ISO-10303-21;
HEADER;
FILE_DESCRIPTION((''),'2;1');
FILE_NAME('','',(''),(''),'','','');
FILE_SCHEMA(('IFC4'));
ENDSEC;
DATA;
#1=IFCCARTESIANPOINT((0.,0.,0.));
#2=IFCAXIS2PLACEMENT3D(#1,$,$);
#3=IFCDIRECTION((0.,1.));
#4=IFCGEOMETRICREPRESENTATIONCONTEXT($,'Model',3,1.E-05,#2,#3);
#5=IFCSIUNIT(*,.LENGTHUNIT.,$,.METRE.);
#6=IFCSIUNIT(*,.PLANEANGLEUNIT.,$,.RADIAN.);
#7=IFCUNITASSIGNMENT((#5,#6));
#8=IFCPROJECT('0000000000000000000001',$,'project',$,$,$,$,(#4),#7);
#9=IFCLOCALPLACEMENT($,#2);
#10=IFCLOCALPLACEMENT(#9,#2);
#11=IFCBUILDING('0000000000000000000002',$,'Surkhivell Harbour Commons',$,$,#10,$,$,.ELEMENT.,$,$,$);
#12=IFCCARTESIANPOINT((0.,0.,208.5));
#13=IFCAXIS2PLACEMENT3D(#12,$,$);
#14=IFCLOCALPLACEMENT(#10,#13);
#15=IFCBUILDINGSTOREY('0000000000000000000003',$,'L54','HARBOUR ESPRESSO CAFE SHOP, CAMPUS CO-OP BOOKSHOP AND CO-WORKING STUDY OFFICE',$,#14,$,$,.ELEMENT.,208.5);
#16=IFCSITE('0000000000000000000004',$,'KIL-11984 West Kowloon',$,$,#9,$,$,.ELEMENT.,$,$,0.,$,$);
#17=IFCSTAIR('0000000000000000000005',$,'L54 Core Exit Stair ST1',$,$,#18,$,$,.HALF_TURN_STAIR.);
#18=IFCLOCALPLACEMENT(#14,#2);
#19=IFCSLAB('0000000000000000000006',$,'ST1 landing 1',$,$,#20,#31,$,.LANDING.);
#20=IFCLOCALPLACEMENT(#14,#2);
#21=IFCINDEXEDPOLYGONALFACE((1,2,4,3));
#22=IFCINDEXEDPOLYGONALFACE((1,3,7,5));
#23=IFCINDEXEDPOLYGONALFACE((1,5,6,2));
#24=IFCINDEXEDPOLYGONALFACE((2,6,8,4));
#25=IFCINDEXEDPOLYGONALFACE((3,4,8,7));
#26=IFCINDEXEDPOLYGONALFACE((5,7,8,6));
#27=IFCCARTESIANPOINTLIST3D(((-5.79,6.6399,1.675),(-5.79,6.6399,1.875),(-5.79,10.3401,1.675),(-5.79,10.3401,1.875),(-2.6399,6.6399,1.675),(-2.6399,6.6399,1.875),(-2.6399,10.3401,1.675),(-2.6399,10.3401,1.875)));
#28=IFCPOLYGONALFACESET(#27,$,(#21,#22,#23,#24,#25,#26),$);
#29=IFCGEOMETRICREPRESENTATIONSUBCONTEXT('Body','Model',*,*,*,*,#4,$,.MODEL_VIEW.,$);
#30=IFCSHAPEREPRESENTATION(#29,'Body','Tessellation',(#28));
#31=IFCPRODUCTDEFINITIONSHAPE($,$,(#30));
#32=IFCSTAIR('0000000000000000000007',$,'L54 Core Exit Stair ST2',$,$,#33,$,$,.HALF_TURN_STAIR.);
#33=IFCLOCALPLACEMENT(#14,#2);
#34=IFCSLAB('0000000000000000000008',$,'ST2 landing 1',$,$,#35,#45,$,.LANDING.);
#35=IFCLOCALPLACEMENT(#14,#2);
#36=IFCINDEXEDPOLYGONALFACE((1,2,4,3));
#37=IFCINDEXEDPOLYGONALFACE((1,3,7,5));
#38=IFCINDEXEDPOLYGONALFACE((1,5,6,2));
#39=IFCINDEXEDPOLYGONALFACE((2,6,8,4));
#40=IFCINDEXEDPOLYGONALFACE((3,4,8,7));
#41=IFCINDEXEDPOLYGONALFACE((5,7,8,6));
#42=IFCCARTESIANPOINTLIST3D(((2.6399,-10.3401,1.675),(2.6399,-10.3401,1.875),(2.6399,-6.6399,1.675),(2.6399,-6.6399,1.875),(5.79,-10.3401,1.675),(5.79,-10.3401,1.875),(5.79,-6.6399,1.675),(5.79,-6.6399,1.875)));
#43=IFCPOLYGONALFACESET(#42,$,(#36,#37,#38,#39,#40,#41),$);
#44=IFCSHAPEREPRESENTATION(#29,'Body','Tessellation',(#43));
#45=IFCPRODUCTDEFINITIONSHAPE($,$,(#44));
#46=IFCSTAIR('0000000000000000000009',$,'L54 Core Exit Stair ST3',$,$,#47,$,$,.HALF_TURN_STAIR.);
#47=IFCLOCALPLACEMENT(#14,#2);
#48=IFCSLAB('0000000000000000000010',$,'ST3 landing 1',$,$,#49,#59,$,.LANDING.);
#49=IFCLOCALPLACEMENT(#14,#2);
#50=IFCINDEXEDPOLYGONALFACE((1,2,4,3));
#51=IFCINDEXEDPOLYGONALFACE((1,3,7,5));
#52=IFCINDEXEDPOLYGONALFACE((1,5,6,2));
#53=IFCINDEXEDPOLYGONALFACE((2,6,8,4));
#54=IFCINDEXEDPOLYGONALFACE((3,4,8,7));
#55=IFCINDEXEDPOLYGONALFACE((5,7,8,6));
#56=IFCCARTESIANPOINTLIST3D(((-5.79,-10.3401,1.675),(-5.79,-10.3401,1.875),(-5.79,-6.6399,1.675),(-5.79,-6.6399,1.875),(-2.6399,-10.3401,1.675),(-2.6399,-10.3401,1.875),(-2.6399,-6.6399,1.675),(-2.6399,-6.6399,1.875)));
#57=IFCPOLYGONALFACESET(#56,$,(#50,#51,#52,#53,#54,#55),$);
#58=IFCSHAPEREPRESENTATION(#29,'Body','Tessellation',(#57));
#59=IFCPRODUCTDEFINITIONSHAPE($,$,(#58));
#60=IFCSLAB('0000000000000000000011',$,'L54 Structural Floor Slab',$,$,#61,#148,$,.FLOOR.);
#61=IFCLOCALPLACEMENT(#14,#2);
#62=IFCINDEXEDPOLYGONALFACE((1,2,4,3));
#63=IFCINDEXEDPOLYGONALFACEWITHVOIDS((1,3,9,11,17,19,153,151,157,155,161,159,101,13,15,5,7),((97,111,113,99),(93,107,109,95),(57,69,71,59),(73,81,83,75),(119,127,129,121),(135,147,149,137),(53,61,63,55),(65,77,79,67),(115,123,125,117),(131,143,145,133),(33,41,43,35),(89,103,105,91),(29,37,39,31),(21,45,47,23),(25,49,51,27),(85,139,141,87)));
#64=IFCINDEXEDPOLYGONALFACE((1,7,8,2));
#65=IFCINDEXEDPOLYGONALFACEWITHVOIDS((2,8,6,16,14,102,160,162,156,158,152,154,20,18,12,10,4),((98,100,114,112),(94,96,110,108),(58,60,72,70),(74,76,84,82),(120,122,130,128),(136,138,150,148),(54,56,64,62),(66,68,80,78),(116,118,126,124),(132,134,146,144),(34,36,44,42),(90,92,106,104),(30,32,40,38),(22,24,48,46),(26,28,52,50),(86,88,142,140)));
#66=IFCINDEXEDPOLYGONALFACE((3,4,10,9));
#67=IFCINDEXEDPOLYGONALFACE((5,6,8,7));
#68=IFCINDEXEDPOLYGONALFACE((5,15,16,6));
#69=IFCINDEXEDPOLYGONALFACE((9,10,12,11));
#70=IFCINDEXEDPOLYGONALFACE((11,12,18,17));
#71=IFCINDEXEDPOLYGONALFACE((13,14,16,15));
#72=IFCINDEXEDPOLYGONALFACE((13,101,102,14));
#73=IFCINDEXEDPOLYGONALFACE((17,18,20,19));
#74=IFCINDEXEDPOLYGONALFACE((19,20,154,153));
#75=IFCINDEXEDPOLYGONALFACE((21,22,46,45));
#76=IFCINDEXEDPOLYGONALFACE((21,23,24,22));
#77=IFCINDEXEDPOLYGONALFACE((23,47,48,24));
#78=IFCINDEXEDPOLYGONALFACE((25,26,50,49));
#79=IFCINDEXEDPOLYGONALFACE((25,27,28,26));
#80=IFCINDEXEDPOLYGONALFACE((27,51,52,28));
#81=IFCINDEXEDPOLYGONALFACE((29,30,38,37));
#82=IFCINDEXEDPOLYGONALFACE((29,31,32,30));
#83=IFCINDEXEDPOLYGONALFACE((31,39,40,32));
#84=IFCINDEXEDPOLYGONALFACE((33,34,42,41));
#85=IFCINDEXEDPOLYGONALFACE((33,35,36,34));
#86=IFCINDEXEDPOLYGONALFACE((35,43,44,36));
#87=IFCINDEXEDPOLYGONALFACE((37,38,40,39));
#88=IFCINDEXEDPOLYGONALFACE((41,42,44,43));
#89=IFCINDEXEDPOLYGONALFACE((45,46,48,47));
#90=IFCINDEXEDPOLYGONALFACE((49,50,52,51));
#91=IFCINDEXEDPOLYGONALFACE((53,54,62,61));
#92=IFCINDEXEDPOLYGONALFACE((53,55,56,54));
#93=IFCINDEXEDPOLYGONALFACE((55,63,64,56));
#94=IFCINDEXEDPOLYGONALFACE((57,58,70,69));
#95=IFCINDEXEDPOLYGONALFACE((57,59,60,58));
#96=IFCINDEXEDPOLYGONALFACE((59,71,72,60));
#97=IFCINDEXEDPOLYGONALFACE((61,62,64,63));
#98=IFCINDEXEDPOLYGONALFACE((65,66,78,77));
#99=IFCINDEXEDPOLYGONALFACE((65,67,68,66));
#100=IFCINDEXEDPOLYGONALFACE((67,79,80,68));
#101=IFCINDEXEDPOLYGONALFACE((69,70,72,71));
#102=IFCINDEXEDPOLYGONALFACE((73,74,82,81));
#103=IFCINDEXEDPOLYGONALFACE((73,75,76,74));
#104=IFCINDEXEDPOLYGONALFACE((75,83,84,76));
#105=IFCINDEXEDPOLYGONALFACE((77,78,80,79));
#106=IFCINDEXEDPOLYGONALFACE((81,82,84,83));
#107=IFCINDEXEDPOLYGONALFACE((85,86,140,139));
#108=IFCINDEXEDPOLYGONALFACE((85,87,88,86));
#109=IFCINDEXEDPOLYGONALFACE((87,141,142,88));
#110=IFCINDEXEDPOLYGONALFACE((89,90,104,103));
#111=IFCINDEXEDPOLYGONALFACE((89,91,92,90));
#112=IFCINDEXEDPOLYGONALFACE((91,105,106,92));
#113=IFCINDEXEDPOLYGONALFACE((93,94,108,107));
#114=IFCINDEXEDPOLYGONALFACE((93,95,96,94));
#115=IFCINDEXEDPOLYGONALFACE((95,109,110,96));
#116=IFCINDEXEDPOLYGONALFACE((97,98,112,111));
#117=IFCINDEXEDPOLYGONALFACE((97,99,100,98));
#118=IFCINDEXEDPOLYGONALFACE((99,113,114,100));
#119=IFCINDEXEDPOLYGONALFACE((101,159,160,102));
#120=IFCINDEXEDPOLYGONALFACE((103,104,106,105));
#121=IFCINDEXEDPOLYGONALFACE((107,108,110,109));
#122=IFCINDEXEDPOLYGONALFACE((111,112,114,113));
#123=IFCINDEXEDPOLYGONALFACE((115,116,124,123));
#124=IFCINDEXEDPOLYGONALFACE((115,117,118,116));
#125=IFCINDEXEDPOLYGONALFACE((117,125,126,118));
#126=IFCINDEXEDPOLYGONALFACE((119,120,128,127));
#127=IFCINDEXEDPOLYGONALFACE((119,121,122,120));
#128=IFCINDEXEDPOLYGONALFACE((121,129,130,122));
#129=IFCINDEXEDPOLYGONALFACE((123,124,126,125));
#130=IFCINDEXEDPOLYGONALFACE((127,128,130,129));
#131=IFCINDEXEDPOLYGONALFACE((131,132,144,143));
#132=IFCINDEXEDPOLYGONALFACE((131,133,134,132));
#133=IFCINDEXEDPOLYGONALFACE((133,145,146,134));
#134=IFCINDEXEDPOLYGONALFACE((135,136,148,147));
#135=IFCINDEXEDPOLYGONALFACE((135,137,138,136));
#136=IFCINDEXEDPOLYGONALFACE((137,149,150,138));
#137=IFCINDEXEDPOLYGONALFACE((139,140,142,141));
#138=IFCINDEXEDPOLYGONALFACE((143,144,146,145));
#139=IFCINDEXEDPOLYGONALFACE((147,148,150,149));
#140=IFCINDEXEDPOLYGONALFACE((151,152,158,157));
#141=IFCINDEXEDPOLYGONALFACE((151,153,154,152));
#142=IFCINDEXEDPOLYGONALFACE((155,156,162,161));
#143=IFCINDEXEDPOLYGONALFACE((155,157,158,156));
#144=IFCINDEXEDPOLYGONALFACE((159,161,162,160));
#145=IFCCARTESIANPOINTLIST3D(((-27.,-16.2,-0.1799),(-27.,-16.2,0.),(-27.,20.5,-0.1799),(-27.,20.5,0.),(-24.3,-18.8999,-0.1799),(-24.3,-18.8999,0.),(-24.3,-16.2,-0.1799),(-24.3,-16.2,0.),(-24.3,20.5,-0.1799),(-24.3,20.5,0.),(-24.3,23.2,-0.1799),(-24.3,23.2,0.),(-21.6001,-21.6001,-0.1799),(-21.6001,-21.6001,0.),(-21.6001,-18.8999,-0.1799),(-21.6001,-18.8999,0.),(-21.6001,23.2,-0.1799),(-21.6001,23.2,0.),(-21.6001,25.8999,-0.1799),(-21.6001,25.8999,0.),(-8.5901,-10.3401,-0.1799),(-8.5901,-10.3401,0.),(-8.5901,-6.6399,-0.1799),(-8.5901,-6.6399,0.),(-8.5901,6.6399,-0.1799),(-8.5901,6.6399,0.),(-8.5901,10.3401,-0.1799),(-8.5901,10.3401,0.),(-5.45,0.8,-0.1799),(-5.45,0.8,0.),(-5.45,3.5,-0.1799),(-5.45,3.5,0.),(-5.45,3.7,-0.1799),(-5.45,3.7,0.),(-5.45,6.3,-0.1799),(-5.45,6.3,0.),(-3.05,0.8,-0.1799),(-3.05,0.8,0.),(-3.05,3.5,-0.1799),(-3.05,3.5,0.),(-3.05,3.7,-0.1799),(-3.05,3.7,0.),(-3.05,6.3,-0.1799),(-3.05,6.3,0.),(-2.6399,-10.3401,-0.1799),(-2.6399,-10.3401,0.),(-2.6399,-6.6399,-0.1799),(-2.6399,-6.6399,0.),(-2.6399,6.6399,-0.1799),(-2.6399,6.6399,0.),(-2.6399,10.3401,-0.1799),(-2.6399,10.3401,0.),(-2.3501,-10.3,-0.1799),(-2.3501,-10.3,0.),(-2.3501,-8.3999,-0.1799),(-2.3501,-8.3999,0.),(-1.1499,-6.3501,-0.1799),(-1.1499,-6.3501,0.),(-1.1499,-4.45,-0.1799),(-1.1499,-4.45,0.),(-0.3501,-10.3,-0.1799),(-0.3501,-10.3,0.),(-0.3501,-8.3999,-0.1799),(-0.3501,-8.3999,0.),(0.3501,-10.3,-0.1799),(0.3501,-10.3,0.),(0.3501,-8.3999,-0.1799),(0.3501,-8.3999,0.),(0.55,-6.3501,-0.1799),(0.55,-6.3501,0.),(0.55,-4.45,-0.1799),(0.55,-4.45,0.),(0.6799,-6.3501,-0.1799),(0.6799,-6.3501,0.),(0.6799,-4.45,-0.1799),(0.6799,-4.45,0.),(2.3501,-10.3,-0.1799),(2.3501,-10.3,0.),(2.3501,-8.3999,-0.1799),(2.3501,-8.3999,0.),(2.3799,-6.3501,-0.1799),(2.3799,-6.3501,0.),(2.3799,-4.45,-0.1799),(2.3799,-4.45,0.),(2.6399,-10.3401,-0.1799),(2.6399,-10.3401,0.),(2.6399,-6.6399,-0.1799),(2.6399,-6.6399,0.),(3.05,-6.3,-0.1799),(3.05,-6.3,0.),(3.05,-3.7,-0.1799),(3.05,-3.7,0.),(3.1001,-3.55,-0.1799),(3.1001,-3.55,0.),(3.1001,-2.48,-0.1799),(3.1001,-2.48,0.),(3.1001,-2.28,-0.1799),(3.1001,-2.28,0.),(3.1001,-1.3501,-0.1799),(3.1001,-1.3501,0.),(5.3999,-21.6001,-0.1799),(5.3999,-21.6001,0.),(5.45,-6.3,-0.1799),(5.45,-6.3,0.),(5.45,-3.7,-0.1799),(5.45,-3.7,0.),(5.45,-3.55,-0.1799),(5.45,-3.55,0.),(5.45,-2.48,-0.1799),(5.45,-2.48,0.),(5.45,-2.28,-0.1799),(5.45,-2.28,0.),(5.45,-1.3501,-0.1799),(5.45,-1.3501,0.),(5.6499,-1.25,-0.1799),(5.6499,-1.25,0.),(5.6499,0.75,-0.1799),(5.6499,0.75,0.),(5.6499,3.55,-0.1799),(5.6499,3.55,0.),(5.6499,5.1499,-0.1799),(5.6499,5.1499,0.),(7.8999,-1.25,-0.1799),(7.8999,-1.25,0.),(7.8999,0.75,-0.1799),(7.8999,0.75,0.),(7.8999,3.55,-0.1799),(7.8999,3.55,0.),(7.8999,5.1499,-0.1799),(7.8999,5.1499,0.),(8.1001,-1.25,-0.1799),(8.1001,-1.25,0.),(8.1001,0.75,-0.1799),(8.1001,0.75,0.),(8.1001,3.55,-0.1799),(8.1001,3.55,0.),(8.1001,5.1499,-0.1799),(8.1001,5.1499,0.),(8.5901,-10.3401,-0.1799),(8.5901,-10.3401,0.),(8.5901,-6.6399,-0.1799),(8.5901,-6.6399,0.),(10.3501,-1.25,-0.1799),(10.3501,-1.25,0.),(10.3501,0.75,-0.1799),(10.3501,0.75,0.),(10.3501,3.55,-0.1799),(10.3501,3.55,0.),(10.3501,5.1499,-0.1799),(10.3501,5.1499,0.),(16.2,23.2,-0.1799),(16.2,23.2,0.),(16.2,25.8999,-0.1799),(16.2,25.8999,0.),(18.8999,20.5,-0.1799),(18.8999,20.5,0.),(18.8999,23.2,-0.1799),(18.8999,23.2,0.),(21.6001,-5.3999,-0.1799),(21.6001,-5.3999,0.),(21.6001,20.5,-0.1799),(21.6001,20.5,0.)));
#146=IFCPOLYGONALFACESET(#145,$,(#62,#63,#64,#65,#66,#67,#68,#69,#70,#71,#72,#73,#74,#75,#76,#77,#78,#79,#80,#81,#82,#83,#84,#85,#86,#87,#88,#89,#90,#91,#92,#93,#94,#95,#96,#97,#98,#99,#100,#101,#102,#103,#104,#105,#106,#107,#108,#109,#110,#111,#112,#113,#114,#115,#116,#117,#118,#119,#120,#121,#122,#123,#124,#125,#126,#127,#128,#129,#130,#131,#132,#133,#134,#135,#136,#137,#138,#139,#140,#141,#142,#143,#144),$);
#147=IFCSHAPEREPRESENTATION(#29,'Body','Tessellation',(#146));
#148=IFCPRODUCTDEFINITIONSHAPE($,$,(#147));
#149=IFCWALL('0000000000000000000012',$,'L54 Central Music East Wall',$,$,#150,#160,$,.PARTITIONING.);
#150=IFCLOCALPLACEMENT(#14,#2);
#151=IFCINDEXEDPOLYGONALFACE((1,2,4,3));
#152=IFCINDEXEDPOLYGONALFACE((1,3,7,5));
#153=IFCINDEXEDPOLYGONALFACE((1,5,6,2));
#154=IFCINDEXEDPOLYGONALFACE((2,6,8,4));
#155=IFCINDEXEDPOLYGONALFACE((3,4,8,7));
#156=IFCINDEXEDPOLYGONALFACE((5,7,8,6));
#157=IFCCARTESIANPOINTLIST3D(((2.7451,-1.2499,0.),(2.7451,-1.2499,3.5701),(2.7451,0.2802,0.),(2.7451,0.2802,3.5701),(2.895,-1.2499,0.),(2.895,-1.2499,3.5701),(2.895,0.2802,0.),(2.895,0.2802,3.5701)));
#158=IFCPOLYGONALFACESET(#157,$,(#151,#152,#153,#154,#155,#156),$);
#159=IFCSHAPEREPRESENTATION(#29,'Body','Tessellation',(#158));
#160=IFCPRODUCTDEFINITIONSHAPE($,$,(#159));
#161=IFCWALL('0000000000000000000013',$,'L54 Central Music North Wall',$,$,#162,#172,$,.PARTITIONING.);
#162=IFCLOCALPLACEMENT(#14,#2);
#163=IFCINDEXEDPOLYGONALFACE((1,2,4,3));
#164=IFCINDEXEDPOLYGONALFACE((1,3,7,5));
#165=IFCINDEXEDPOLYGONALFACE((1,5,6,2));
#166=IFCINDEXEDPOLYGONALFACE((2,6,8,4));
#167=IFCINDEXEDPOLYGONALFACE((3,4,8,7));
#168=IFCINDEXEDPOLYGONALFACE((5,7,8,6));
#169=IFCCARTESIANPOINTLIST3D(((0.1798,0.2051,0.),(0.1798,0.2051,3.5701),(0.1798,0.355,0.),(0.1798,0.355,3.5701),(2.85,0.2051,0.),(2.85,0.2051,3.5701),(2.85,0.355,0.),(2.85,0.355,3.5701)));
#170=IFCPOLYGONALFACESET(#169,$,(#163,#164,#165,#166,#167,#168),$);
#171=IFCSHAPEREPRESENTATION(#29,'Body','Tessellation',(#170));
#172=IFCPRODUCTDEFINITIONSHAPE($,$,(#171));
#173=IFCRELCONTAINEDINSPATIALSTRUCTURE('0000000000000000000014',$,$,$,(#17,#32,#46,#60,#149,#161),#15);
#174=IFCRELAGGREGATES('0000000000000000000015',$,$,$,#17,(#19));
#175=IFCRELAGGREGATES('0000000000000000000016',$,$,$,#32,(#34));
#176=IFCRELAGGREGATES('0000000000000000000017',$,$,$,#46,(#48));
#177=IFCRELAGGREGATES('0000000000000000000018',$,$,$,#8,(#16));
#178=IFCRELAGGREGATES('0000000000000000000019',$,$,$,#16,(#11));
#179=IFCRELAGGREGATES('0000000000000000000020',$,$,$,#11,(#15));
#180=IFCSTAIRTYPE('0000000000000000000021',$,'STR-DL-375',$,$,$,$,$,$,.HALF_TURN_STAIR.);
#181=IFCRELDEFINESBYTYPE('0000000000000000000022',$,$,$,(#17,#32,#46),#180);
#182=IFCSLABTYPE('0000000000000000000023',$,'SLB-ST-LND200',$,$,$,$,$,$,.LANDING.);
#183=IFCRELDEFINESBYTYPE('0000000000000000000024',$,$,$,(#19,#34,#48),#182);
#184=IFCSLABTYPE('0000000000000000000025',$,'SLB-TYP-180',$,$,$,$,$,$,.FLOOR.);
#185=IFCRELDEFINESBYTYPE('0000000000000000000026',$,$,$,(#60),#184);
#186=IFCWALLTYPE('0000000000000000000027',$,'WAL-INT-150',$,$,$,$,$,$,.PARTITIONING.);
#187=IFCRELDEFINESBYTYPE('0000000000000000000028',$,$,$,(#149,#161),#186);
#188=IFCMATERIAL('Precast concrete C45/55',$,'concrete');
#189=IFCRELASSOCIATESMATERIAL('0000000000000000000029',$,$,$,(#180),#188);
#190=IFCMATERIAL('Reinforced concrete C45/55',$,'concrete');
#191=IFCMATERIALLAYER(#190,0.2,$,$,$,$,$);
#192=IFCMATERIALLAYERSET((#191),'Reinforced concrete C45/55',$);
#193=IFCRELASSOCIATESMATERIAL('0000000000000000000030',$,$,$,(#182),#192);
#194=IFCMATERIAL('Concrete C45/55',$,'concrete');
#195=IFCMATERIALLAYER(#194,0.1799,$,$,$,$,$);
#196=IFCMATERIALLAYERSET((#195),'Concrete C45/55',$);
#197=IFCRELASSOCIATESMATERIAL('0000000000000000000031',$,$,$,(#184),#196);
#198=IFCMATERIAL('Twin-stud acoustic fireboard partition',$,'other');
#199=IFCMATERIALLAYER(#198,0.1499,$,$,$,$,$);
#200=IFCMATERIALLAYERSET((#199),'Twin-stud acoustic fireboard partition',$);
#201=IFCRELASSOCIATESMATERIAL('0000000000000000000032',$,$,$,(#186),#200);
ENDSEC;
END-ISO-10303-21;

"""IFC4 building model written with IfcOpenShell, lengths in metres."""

from ifc_helpers import new_model, si_unit, direction, frame, frame_2d, origin, place, context, subcontext, project, spatial, polyline, rectangle, outline, extrude, material, layer, layer_set, type_object, element, aggregate, save


model = new_model("IFC4")

# Units and contexts
model_context = context("Model", 3, precision=1e-05, world=origin(), true_north=direction((0.0, 1.0)))
body_context = subcontext(model_context, "Body", "Model", "MODEL_VIEW")
ifc_project = project(units=[si_unit("LENGTHUNIT", "METRE"), si_unit("PLANEANGLEUNIT", "RADIAN")], contexts=[model_context])

# Site, building, storey
site_placement = place(None, origin())
site = spatial("IfcSite", under=ifc_project, at=site_placement, Name="KIL-11984 West Kowloon", CompositionType="ELEMENT", RefElevation=0.0)
building_placement = place(site_placement, origin())
building = spatial("IfcBuilding", under=site, at=building_placement, Name="Surkhivell Harbour Commons", CompositionType="ELEMENT")
storey_placement = place(building_placement, frame((0.0, 0.0, 208.5)))
storey = spatial("IfcBuildingStorey", under=building, at=storey_placement, Name="L54", Description="HARBOUR ESPRESSO CAFE SHOP, CAMPUS CO-OP BOOKSHOP AND CO-WORKING STUDY OFFICE", CompositionType="ELEMENT", Elevation=208.5)

# Stairs, slabs
ifc_material_1 = material(Name="Precast concrete C45/55", Category="concrete")
stair_type = type_object("IfcStairType", Name="STR-DL-375", PredefinedType="HALF_TURN_STAIR", material=ifc_material_1)
stair_1_placement = place(storey_placement, origin())
stair_1 = element("IfcStair", 1, at=stair_1_placement, inside=storey, type_object=stair_type, Name="L54 Core Exit Stair ST1", PredefinedType="HALF_TURN_STAIR")
ifc_material_2 = material(Name="Reinforced concrete C45/55", Category="concrete")
ifc_layer_1 = layer(ifc_material_2, 0.2)
ifc_layer_set_1 = layer_set([ifc_layer_1], Name="Reinforced concrete C45/55")
slab_type_1 = type_object("IfcSlabType", Name="SLB-ST-LND200", PredefinedType="LANDING", material=ifc_layer_set_1)
slab_1_placement = place(storey_placement, frame((0.0, 0.0, 1.675)))
slab_1 = element("IfcSlab", 2, at=slab_1_placement, type_object=slab_type_1, Name="ST1 landing 1", PredefinedType="LANDING", context=body_context, shape_type="SweptSolid", body=[
    extrude(outline(polyline([(-5.79, 6.6399), (-2.6399, 6.6399), (-2.6399, 10.3401), (-5.79, 10.3401), (-5.79, 6.6399)])), origin(), (0.0, 0.0, 1.0), 0.2),
])
aggregate(stair_1, [slab_1])
stair_2_placement = place(storey_placement, origin())
stair_2 = element("IfcStair", 3, at=stair_2_placement, inside=storey, type_object=stair_type, Name="L54 Core Exit Stair ST2", PredefinedType="HALF_TURN_STAIR")
slab_2_placement = place(storey_placement, frame((0.0, 0.0, 1.675)))
slab_2 = element("IfcSlab", 4, at=slab_2_placement, type_object=slab_type_1, Name="ST2 landing 1", PredefinedType="LANDING", context=body_context, shape_type="SweptSolid", body=[
    extrude(outline(polyline([(5.79, -6.6399), (2.6399, -6.6399), (2.6399, -10.3401), (5.79, -10.3401), (5.79, -6.6399)])), origin(), (0.0, 0.0, 1.0), 0.2),
])
aggregate(stair_2, [slab_2])
stair_3_placement = place(storey_placement, origin())
stair_3 = element("IfcStair", 5, at=stair_3_placement, inside=storey, type_object=stair_type, Name="L54 Core Exit Stair ST3", PredefinedType="HALF_TURN_STAIR")
slab_3_placement = place(storey_placement, frame((0.0, 0.0, 1.675)))
slab_3 = element("IfcSlab", 6, at=slab_3_placement, type_object=slab_type_1, Name="ST3 landing 1", PredefinedType="LANDING", context=body_context, shape_type="SweptSolid", body=[
    extrude(outline(polyline([(-5.79, -10.3401), (-2.6399, -10.3401), (-2.6399, -6.6399), (-5.79, -6.6399), (-5.79, -10.3401)])), origin(), (0.0, 0.0, 1.0), 0.2),
])
aggregate(stair_3, [slab_3])

# Slab
ifc_material_3 = material(Name="Concrete C45/55", Category="concrete")
ifc_layer_2 = layer(ifc_material_3, 0.1799)
ifc_layer_set_2 = layer_set([ifc_layer_2], Name="Concrete C45/55")
slab_type_2 = type_object("IfcSlabType", Name="SLB-TYP-180", PredefinedType="FLOOR", material=ifc_layer_set_2)
slab_4_placement = place(storey_placement, frame((0.0, 0.0, -0.1799)))
element("IfcSlab", 7, at=slab_4_placement, inside=storey, type_object=slab_type_2, Name="L54 Structural Floor Slab", PredefinedType="FLOOR", context=body_context, shape_type="SweptSolid", body=[
    extrude(outline(polyline([(-21.6001, -21.6001), (5.3999, -21.6001), (21.6001, -5.3999), (21.6001, 20.5), (18.8999, 20.5), (18.8999, 23.2), (16.2, 23.2), (16.2, 25.8999), (-21.6001, 25.8999), (-21.6001, 23.2), (-24.3, 23.2), (-24.3, 20.5), (-27.0, 20.5), (-27.0, -16.2), (-24.3, -16.2), (-24.3, -18.8999), (-21.6001, -18.8999), (-21.6001, -21.6001)]), holes=[polyline([(-8.5901, 6.6399), (-2.6399, 6.6399), (-2.6399, 10.3401), (-8.5901, 10.3401), (-8.5901, 6.6399)]), polyline([(8.5901, -6.6399), (2.6399, -6.6399), (2.6399, -10.3401), (8.5901, -10.3401), (8.5901, -6.6399)]), polyline([(-8.5901, -10.3401), (-2.6399, -10.3401), (-2.6399, -6.6399), (-8.5901, -6.6399), (-8.5901, -10.3401)]), polyline([(5.6499, 3.55), (7.8999, 3.55), (7.8999, 5.1499), (5.6499, 5.1499), (5.6499, 3.55)]), polyline([(8.1001, 3.55), (10.3501, 3.55), (10.3501, 5.1499), (8.1001, 5.1499), (8.1001, 3.55)]), polyline([(5.6499, -1.25), (7.8999, -1.25), (7.8999, 0.75), (5.6499, 0.75), (5.6499, -1.25)]), polyline([(8.1001, -1.25), (10.3501, -1.25), (10.3501, 0.75), (8.1001, 0.75), (8.1001, -1.25)]), polyline([(-1.1499, -6.3501), (0.55, -6.3501), (0.55, -4.45), (-1.1499, -4.45), (-1.1499, -6.3501)]), polyline([(0.6799, -6.3501), (2.3799, -6.3501), (2.3799, -4.45), (0.6799, -4.45), (0.6799, -6.3501)]), polyline([(-2.3501, -10.3), (-0.3501, -10.3), (-0.3501, -8.3999), (-2.3501, -8.3999), (-2.3501, -10.3)]), polyline([(0.3501, -10.3), (2.3501, -10.3), (2.3501, -8.3999), (0.3501, -8.3999), (0.3501, -10.3)]), polyline([(-5.45, 3.7), (-3.05, 3.7), (-3.05, 6.3), (-5.45, 6.3), (-5.45, 3.7)]), polyline([(3.05, -6.3), (5.45, -6.3), (5.45, -3.7), (3.05, -3.7), (3.05, -6.3)]), polyline([(-5.45, 0.8), (-3.05, 0.8), (-3.05, 3.5), (-5.45, 3.5), (-5.45, 0.8)]), polyline([(3.1001, -3.55), (5.45, -3.55), (5.45, -2.48), (3.1001, -2.48), (3.1001, -3.55)]), polyline([(3.1001, -2.28), (5.45, -2.28), (5.45, -1.3501), (3.1001, -1.3501), (3.1001, -2.28)])]), origin(), (0.0, 0.0, 1.0), 0.1799),
])

# Walls
ifc_material_4 = material(Name="Twin-stud acoustic fireboard partition", Category="other")
ifc_layer_3 = layer(ifc_material_4, 0.1499)
ifc_layer_set_3 = layer_set([ifc_layer_3], Name="Twin-stud acoustic fireboard partition")
wall_type_1 = type_object("IfcWallType", Name="WAL-INT-150", PredefinedType="PARTITIONING", material=ifc_layer_set_3)
wall_1_placement = place(storey_placement, frame((2.8201, -1.25, 0.0), z_axis=(0.0, 0.0, 1.0), x_axis=(0.0, 1.0, 0.0)))
element("IfcWall", 8, at=wall_1_placement, inside=storey, type_object=wall_type_1, Name="L54 Central Music East Wall", PredefinedType="PARTITIONING", context=body_context, shape_type="SweptSolid", body=[
    extrude(rectangle(XDim=1.53, YDim=0.1499, at=frame_2d((0.7651, 0.0))), origin(), (0.0, 0.0, 1.0), 3.5701),
])
wall_2_placement = place(storey_placement, frame((0.1799, 0.28, 0.0), z_axis=(0.0, 0.0, 1.0), x_axis=(1.0, 0.0, 0.0)))
element("IfcWall", 9, at=wall_2_placement, inside=storey, type_object=wall_type_1, Name="L54 Central Music North Wall", PredefinedType="PARTITIONING", context=body_context, shape_type="SweptSolid", body=[
    extrude(rectangle(XDim=2.6702, YDim=0.1499, at=frame_2d((1.335, 0.0))), origin(), (0.0, 0.0, 1.0), 3.5701),
])

save(model, "model.ifc")
